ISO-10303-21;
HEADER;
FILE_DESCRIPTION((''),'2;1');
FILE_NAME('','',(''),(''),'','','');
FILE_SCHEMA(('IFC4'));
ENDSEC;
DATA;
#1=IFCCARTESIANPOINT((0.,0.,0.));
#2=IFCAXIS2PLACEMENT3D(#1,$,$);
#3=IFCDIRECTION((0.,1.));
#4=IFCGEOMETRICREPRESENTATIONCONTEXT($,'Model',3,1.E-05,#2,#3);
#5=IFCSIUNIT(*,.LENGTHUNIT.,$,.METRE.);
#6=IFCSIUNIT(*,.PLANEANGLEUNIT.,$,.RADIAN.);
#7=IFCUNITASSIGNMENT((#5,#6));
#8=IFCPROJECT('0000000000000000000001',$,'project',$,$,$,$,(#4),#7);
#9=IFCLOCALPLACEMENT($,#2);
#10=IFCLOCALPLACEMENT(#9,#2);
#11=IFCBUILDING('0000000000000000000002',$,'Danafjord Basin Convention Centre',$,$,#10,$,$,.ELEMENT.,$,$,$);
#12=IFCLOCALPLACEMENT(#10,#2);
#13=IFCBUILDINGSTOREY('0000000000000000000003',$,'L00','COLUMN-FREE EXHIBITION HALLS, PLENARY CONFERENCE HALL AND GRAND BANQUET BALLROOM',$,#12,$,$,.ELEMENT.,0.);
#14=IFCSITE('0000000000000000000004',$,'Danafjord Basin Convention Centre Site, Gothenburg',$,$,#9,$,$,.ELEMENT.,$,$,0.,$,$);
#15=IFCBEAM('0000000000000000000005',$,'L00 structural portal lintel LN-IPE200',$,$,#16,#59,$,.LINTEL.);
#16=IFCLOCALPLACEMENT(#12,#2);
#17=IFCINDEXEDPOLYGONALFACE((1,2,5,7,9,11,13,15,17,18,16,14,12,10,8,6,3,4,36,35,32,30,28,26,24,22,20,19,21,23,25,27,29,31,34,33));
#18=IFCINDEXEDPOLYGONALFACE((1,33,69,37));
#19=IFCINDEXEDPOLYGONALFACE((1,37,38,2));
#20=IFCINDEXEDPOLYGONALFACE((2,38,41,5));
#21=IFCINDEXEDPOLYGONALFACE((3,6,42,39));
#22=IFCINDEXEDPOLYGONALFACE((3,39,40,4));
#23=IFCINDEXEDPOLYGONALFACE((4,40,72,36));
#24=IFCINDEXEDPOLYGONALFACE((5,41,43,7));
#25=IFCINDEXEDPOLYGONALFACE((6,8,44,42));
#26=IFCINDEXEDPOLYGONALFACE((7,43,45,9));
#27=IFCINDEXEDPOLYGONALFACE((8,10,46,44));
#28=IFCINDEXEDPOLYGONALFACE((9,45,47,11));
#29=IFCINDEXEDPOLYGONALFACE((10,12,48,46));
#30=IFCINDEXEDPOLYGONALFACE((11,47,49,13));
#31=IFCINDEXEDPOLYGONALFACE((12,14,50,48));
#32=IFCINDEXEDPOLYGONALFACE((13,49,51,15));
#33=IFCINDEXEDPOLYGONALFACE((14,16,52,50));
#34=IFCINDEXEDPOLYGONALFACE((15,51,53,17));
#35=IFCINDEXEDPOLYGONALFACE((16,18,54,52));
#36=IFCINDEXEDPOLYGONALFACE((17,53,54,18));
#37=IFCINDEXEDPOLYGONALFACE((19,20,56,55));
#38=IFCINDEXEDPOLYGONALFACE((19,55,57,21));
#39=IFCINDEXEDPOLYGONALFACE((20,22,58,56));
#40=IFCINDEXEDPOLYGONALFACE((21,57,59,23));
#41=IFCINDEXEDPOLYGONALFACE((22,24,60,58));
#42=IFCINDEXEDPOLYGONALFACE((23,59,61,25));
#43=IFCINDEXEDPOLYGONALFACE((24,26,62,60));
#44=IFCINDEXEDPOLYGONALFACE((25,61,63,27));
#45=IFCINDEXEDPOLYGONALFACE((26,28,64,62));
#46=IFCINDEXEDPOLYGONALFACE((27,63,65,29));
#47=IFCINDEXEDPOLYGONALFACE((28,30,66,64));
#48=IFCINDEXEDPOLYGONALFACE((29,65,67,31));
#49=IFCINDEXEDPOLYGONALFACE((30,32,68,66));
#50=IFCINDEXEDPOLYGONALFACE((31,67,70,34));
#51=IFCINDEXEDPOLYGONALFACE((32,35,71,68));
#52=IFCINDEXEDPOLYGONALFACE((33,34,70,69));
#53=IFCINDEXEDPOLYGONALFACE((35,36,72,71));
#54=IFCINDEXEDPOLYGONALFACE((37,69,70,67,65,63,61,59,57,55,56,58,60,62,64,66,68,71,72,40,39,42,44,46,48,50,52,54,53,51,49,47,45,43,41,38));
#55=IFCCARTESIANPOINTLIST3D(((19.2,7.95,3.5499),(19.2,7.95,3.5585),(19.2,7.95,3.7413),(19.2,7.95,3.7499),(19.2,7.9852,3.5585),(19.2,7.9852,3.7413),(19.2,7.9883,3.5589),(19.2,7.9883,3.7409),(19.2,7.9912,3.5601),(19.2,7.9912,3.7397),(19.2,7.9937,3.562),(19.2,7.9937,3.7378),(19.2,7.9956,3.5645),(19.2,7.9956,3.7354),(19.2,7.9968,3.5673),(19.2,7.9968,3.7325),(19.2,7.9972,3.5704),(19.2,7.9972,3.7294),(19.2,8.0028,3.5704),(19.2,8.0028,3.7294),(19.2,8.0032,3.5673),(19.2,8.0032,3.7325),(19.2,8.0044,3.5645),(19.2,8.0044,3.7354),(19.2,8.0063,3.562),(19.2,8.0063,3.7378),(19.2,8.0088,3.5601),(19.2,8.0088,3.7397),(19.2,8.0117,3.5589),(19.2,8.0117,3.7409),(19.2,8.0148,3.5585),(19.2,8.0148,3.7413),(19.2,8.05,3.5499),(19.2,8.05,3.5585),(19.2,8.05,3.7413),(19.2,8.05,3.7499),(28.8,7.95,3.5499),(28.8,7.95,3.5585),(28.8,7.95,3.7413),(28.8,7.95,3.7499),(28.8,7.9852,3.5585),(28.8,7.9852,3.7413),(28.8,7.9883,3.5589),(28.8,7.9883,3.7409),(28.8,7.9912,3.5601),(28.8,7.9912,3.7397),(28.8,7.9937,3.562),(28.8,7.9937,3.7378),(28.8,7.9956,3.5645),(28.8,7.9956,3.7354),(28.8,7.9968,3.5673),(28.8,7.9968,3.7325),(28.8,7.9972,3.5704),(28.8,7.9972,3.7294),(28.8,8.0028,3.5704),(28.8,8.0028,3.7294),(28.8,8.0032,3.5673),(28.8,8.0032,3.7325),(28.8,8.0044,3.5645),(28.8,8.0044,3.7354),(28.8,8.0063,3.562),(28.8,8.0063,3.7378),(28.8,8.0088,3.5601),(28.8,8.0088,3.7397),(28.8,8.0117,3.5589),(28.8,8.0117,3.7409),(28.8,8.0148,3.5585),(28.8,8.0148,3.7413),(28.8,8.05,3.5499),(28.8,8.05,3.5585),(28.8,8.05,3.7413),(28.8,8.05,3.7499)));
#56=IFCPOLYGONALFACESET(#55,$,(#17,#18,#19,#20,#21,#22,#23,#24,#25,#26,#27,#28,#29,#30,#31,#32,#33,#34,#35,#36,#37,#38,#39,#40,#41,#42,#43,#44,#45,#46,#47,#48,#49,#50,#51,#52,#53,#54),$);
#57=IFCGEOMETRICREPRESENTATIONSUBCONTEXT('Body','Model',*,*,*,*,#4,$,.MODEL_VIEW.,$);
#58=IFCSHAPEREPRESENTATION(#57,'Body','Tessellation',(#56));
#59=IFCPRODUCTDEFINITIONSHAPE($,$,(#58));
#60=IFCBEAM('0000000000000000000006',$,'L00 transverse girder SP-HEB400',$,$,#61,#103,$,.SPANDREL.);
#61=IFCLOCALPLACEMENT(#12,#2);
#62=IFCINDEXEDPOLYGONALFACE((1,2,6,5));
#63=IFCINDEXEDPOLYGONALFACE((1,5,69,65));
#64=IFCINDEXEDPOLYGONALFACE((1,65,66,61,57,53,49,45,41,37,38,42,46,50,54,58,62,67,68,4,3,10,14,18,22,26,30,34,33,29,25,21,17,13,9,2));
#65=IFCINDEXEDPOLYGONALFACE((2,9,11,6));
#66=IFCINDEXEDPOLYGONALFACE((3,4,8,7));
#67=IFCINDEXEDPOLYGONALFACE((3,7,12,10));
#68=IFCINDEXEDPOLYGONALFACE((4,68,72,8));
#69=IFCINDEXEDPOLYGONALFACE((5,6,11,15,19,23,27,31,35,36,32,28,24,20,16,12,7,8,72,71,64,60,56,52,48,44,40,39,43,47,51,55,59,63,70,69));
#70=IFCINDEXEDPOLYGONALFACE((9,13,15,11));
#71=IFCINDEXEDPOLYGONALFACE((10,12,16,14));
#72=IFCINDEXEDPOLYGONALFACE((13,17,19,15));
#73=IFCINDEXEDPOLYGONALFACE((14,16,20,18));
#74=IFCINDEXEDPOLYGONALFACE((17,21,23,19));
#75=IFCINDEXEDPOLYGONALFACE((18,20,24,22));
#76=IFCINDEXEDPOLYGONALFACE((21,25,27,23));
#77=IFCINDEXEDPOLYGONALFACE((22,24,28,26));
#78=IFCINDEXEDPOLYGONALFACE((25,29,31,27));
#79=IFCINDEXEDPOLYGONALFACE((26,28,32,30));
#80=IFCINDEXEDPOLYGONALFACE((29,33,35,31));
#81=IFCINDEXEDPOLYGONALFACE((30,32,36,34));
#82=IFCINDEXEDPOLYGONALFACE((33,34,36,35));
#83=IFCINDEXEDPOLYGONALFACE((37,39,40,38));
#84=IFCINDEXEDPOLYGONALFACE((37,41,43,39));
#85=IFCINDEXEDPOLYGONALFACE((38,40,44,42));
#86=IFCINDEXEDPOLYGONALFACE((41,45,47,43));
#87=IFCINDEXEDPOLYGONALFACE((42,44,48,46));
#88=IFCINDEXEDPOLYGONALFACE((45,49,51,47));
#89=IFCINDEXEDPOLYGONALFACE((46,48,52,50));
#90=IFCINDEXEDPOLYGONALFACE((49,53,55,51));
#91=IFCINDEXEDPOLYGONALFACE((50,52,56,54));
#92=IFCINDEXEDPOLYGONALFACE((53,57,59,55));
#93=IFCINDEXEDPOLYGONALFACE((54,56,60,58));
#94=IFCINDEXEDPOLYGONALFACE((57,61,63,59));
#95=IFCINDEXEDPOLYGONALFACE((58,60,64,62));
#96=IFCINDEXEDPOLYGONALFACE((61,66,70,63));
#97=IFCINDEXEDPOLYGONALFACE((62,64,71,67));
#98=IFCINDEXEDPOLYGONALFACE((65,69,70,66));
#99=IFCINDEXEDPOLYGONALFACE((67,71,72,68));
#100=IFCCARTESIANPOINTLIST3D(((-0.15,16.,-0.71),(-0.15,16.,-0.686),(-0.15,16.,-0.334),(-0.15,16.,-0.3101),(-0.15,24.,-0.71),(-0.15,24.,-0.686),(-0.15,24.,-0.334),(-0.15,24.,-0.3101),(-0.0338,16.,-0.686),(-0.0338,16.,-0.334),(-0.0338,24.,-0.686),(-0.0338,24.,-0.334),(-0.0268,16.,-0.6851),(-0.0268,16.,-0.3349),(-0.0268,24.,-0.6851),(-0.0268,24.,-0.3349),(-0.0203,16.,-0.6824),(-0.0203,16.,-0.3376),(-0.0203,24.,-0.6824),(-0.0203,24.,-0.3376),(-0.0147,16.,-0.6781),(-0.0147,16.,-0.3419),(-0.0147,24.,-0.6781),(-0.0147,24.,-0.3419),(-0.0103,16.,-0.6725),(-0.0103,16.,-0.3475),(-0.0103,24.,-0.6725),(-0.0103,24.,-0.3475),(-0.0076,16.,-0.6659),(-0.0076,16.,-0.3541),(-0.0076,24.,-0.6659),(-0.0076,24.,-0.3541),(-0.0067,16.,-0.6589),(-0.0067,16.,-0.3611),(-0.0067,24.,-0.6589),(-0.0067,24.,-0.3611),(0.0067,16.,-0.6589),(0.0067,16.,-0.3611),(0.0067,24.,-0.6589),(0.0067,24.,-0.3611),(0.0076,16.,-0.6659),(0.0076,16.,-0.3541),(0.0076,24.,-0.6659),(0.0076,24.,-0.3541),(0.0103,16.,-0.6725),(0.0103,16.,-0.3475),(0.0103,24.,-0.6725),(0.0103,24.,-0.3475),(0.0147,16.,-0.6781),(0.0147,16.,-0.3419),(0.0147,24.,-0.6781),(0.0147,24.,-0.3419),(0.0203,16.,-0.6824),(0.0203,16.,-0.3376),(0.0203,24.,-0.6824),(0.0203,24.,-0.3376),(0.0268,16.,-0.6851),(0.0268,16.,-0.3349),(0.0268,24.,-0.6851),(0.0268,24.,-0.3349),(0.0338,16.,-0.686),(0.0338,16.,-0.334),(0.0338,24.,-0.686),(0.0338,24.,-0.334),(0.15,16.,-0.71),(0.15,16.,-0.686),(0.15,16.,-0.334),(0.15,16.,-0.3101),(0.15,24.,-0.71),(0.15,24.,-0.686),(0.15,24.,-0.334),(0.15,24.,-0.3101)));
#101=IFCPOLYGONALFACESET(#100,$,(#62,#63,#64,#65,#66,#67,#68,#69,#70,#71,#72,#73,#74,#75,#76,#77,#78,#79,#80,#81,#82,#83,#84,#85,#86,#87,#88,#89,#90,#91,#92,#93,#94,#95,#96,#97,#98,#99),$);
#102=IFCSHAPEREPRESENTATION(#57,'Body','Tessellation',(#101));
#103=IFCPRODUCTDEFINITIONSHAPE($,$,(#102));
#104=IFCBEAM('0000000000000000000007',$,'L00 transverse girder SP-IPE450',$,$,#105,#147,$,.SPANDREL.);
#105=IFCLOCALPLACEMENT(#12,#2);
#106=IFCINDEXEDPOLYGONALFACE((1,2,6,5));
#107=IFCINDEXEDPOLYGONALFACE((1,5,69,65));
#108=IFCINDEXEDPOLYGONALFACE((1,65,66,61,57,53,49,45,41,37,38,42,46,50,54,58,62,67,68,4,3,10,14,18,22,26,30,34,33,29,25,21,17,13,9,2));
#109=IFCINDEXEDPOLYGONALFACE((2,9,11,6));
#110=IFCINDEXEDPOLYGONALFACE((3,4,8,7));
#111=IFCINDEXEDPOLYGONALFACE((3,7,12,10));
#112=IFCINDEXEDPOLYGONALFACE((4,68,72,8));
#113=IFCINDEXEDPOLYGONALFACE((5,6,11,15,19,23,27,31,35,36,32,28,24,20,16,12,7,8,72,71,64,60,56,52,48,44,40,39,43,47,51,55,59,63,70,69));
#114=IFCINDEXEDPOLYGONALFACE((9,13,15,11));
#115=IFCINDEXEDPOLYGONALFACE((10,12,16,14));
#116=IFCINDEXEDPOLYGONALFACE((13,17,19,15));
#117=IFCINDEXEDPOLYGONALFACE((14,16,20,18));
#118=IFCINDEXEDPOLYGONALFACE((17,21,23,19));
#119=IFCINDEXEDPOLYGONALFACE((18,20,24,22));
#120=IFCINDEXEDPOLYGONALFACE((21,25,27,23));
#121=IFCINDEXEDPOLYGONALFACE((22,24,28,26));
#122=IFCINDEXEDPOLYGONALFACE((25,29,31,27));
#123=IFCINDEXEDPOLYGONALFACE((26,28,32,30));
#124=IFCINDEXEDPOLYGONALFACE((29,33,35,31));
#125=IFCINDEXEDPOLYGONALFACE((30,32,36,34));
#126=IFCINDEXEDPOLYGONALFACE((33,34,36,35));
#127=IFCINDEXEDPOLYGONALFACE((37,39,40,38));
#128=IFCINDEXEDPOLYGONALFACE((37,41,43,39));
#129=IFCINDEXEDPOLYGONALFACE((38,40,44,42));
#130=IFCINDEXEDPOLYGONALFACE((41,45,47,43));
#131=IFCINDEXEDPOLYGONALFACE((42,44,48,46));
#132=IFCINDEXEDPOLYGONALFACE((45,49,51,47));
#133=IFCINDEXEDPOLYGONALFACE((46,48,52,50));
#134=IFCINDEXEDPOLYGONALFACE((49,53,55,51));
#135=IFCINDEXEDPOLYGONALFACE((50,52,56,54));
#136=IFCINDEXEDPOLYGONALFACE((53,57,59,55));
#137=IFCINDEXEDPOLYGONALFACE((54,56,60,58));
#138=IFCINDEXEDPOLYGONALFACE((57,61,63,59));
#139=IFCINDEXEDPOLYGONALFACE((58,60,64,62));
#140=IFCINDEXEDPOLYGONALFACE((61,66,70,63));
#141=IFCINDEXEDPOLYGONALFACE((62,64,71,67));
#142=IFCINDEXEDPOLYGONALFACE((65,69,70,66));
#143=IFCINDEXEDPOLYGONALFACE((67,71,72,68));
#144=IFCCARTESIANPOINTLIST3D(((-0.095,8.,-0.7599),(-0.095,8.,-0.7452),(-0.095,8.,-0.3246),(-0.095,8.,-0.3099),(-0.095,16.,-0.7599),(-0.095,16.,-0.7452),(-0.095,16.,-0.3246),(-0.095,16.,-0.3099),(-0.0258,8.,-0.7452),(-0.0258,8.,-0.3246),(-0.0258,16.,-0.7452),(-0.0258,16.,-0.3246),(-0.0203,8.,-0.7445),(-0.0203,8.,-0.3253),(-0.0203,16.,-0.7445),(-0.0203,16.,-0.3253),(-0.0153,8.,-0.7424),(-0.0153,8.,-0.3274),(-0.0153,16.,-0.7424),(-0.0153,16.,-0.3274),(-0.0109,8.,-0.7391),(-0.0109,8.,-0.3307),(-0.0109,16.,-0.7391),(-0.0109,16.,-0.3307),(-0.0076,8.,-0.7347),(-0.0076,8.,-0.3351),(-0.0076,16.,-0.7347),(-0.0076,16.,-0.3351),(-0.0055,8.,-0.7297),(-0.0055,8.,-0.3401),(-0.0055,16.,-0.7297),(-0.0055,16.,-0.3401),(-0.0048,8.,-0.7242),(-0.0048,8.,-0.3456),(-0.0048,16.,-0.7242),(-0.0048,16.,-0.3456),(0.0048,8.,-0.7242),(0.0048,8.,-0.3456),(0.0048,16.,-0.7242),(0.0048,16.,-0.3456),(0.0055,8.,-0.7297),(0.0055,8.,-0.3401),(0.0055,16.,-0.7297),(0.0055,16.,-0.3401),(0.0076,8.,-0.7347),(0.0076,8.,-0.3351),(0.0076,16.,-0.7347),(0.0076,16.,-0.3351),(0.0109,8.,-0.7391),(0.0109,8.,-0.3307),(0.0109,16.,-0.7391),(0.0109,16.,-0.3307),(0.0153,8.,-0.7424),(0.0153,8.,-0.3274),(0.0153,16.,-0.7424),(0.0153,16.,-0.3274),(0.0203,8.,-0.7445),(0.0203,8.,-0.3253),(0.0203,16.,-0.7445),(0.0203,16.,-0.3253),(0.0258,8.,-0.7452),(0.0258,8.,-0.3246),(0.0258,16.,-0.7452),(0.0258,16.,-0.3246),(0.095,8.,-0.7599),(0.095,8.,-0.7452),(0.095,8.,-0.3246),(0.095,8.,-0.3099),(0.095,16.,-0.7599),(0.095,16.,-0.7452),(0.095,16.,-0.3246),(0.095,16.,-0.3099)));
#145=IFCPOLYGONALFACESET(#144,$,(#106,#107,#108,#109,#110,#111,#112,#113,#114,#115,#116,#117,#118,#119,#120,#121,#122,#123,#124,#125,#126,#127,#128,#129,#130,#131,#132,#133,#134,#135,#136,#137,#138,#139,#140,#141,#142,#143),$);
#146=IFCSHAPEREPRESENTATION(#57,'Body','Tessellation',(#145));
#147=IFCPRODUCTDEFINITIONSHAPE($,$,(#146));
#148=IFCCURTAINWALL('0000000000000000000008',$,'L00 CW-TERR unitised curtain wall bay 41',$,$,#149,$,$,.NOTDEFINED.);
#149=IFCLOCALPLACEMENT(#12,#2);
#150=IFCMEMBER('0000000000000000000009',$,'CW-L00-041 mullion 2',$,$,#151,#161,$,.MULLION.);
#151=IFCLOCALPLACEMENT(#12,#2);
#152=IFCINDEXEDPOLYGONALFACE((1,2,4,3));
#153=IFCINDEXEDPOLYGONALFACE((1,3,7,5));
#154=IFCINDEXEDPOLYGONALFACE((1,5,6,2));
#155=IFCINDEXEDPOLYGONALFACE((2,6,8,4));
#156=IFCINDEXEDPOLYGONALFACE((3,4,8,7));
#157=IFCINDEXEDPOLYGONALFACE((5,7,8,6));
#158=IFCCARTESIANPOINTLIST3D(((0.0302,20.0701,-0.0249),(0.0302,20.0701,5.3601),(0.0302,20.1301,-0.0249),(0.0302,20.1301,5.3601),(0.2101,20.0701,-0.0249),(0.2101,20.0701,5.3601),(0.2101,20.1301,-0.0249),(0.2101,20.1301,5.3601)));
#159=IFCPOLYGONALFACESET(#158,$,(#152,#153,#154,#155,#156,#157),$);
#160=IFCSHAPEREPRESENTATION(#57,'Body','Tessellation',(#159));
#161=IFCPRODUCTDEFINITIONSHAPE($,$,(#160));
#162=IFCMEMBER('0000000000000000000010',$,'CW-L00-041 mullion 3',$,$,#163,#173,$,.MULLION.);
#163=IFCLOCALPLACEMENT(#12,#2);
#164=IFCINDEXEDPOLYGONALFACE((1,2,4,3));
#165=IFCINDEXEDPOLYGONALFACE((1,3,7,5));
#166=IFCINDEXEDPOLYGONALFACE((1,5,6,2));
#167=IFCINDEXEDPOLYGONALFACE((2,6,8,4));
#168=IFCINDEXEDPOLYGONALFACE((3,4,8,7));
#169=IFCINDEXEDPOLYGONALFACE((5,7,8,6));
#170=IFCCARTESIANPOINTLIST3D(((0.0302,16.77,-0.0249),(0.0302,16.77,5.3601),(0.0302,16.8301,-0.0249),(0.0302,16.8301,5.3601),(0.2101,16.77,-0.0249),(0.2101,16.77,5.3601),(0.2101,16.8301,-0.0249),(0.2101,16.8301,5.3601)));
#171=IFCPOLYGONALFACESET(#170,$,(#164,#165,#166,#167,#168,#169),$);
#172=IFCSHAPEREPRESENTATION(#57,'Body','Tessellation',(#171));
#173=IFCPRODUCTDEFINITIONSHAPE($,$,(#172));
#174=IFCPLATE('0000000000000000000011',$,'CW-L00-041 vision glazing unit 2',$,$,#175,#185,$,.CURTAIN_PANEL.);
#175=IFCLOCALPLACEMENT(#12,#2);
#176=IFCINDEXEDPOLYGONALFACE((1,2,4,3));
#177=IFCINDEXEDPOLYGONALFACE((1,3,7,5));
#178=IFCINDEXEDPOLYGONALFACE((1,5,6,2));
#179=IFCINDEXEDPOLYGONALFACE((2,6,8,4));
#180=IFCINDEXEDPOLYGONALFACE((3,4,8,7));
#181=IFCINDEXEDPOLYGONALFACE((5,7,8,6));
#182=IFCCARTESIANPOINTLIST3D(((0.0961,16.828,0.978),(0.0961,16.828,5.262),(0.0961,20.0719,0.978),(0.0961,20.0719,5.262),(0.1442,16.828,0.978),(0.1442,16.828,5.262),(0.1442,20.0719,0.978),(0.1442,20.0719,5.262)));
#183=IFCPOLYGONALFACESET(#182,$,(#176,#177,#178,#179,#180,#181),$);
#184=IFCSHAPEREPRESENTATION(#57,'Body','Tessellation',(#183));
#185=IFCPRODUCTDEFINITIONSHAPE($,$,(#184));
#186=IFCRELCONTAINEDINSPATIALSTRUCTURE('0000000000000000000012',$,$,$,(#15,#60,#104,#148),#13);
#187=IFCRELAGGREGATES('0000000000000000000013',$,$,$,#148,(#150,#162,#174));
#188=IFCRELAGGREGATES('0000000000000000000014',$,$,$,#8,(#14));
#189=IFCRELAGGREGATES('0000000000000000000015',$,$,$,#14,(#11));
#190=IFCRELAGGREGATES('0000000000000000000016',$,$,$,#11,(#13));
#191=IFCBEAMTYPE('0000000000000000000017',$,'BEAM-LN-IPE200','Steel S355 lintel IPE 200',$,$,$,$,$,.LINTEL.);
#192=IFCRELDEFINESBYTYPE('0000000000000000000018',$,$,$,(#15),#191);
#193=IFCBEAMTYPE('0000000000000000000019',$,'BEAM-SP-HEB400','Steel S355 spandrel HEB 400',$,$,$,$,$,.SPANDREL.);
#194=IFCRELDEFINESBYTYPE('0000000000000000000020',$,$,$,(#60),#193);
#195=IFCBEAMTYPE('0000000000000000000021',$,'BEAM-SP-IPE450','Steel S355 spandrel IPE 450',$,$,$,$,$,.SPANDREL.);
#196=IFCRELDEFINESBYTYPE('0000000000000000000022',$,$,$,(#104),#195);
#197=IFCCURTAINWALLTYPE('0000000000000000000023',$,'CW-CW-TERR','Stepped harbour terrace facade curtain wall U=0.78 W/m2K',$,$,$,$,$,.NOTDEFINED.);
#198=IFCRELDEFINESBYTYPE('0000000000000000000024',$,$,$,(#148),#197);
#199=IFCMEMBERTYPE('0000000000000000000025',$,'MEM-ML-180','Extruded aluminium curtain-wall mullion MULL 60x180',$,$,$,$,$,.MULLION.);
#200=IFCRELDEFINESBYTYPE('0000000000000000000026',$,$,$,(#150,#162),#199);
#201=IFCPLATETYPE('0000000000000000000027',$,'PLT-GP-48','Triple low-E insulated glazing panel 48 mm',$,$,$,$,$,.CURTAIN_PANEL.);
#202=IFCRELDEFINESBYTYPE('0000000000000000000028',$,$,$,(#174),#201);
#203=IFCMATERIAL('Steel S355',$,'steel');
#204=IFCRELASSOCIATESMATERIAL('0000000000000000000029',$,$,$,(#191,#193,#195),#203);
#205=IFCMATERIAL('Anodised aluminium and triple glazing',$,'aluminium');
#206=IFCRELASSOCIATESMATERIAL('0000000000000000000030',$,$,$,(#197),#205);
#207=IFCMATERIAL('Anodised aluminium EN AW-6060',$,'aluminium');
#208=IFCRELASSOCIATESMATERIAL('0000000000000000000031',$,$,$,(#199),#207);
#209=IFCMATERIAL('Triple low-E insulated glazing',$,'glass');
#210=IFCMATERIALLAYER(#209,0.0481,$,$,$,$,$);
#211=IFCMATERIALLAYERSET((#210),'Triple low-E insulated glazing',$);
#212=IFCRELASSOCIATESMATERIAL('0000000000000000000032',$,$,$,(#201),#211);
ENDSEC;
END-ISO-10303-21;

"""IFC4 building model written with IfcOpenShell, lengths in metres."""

from ifc_helpers import new_model, si_unit, direction, frame, origin, origin_2d, place, context, subcontext, project, spatial, rectangle, i_section, extrude, material, layer, layer_set, material_profile, profile_set, type_object, element, aggregate, save


model = new_model("IFC4")

# Units and contexts
model_context = context("Model", 3, precision=1e-05, world=origin(), true_north=direction((0.0, 1.0)))
body_context = subcontext(model_context, "Body", "Model", "MODEL_VIEW")
ifc_project = project(units=[si_unit("LENGTHUNIT", "METRE"), si_unit("PLANEANGLEUNIT", "RADIAN")], contexts=[model_context])

# Site, building, storey
site_placement = place(None, origin())
site = spatial("IfcSite", under=ifc_project, at=site_placement, Name="Danafjord Basin Convention Centre Site, Gothenburg", CompositionType="ELEMENT", RefElevation=0.0)
building_placement = place(site_placement, origin())
building = spatial("IfcBuilding", under=site, at=building_placement, Name="Danafjord Basin Convention Centre", CompositionType="ELEMENT")
storey_placement = place(building_placement, origin())
storey = spatial("IfcBuildingStorey", under=building, at=storey_placement, Name="L00", Description="COLUMN-FREE EXHIBITION HALLS, PLENARY CONFERENCE HALL AND GRAND BANQUET BALLROOM", CompositionType="ELEMENT", Elevation=0.0)

# Shared definitions
ifc_material_1 = material(Name="Steel S355", Category="steel")

# Beams
ifc_material_profile_1 = material_profile(ifc_material_1, i_section(OverallWidth=0.1001, OverallDepth=0.2, WebThickness=0.0056, FlangeThickness=0.0085, FilletRadius=0.012, at=origin_2d()), Name="IPE 200")
ifc_profile_set_1 = profile_set([ifc_material_profile_1], Name="Steel S355")
beam_type_1 = type_object("IfcBeamType", Name="BEAM-LN-IPE200", Description="Steel S355 lintel IPE 200", PredefinedType="LINTEL", material=ifc_profile_set_1)
beam_1_placement = place(storey_placement, frame((19.2, 8.0, 3.6499), z_axis=(1.0, 0.0, 0.0), x_axis=(0.0, 1.0, 0.0)))
element("IfcBeam", 1, at=beam_1_placement, inside=storey, type_object=beam_type_1, Name="L00 structural portal lintel LN-IPE200", PredefinedType="LINTEL", context=body_context, shape_type="SweptSolid", body=[
    extrude(i_section(OverallWidth=0.1001, OverallDepth=0.2, WebThickness=0.0056, FlangeThickness=0.0085, FilletRadius=0.012, at=origin_2d()), origin(), (0.0, 0.0, 1.0), 9.6001),
])
ifc_material_profile_2 = material_profile(ifc_material_1, i_section(OverallWidth=0.3, OverallDepth=0.3999, WebThickness=0.0134, FlangeThickness=0.0239, FilletRadius=0.0271, at=origin_2d()), Name="HEB 400")
ifc_profile_set_2 = profile_set([ifc_material_profile_2], Name="Steel S355")
beam_type_2 = type_object("IfcBeamType", Name="BEAM-SP-HEB400", Description="Steel S355 spandrel HEB 400", PredefinedType="SPANDREL", material=ifc_profile_set_2)
beam_2_placement = place(storey_placement, frame((0.0, 16.0, -0.51), z_axis=(0.0, 1.0, 0.0), x_axis=(-1.0, 0.0, 0.0)))
element("IfcBeam", 2, at=beam_2_placement, inside=storey, type_object=beam_type_2, Name="L00 transverse girder SP-HEB400", PredefinedType="SPANDREL", context=body_context, shape_type="SweptSolid", body=[
    extrude(i_section(OverallWidth=0.3, OverallDepth=0.3999, WebThickness=0.0134, FlangeThickness=0.0239, FilletRadius=0.0271, at=origin_2d()), origin(), (0.0, 0.0, 1.0), 8.0),
])
ifc_material_profile_3 = material_profile(ifc_material_1, i_section(OverallWidth=0.1899, OverallDepth=0.45, WebThickness=0.0095, FlangeThickness=0.0146, FilletRadius=0.021, at=origin_2d()), Name="IPE 450")
ifc_profile_set_3 = profile_set([ifc_material_profile_3], Name="Steel S355")
beam_type_3 = type_object("IfcBeamType", Name="BEAM-SP-IPE450", Description="Steel S355 spandrel IPE 450", PredefinedType="SPANDREL", material=ifc_profile_set_3)
beam_3_placement = place(storey_placement, frame((0.0, 8.0, -0.5349), z_axis=(0.0, 1.0, 0.0), x_axis=(-1.0, 0.0, 0.0)))
element("IfcBeam", 3, at=beam_3_placement, inside=storey, type_object=beam_type_3, Name="L00 transverse girder SP-IPE450", PredefinedType="SPANDREL", context=body_context, shape_type="SweptSolid", body=[
    extrude(i_section(OverallWidth=0.1899, OverallDepth=0.45, WebThickness=0.0095, FlangeThickness=0.0146, FilletRadius=0.021, at=origin_2d()), origin(), (0.0, 0.0, 1.0), 8.0),
])

# Curtain wall, members, plate
ifc_material_2 = material(Name="Anodised aluminium and triple glazing", Category="aluminium")
curtain_wall_type = type_object("IfcCurtainWallType", Name="CW-CW-TERR", Description="Stepped harbour terrace facade curtain wall U=0.78 W/m2K", PredefinedType="NOTDEFINED", material=ifc_material_2)
curtain_wall_placement = place(storey_placement, origin())
curtain_wall = element("IfcCurtainWall", 4, at=curtain_wall_placement, inside=storey, type_object=curtain_wall_type, Name="L00 CW-TERR unitised curtain wall bay 41", PredefinedType="NOTDEFINED")
ifc_material_3 = material(Name="Anodised aluminium EN AW-6060", Category="aluminium")
ifc_material_profile_4 = material_profile(ifc_material_3, rectangle(XDim=0.0601, YDim=0.1799, at=origin_2d()), Name="MULL 60x180")
ifc_profile_set_4 = profile_set([ifc_material_profile_4], Name="Anodised aluminium EN AW-6060")
member_type = type_object("IfcMemberType", Name="MEM-ML-180", Description="Extruded aluminium curtain-wall mullion MULL 60x180", PredefinedType="MULLION", material=ifc_profile_set_4)
member_1_placement = place(storey_placement, frame((0.1201, 20.1001, -0.0249), z_axis=(0.0, 0.0, 1.0), x_axis=(0.0, -1.0, 0.0)))
member_1 = element("IfcMember", 5, at=member_1_placement, type_object=member_type, Name="CW-L00-041 mullion 2", PredefinedType="MULLION", context=body_context, shape_type="SweptSolid", body=[
    extrude(rectangle(XDim=0.0601, YDim=0.1799, at=origin_2d()), origin(), (0.0, 0.0, 1.0), 5.385),
])
member_2_placement = place(storey_placement, frame((0.1201, 16.8, -0.0249), z_axis=(0.0, 0.0, 1.0), x_axis=(0.0, -1.0, 0.0)))
member_2 = element("IfcMember", 6, at=member_2_placement, type_object=member_type, Name="CW-L00-041 mullion 3", PredefinedType="MULLION", context=body_context, shape_type="SweptSolid", body=[
    extrude(rectangle(XDim=0.0601, YDim=0.1799, at=origin_2d()), origin(), (0.0, 0.0, 1.0), 5.385),
])
ifc_material_4 = material(Name="Triple low-E insulated glazing", Category="glass")
ifc_layer_1 = layer(ifc_material_4, 0.0481)
ifc_layer_set_1 = layer_set([ifc_layer_1], Name="Triple low-E insulated glazing")
plate_type_1 = type_object("IfcPlateType", Name="PLT-GP-48", Description="Triple low-E insulated glazing panel 48 mm", PredefinedType="CURTAIN_PANEL", material=ifc_layer_set_1)
plate_1_placement = place(storey_placement, frame((0.1201, 18.45, 0.978), z_axis=(0.0, 0.0, 1.0), x_axis=(0.0, -1.0, 0.0)))
plate_1 = element("IfcPlate", 7, at=plate_1_placement, type_object=plate_type_1, Name="CW-L00-041 vision glazing unit 2", PredefinedType="CURTAIN_PANEL", context=body_context, shape_type="SweptSolid", body=[
    extrude(rectangle(XDim=3.2439, YDim=0.0481, at=origin_2d()), origin(), (0.0, 0.0, 1.0), 4.2839),
])
aggregate(curtain_wall, [member_1, member_2, plate_1])

save(model, "model.ifc")
